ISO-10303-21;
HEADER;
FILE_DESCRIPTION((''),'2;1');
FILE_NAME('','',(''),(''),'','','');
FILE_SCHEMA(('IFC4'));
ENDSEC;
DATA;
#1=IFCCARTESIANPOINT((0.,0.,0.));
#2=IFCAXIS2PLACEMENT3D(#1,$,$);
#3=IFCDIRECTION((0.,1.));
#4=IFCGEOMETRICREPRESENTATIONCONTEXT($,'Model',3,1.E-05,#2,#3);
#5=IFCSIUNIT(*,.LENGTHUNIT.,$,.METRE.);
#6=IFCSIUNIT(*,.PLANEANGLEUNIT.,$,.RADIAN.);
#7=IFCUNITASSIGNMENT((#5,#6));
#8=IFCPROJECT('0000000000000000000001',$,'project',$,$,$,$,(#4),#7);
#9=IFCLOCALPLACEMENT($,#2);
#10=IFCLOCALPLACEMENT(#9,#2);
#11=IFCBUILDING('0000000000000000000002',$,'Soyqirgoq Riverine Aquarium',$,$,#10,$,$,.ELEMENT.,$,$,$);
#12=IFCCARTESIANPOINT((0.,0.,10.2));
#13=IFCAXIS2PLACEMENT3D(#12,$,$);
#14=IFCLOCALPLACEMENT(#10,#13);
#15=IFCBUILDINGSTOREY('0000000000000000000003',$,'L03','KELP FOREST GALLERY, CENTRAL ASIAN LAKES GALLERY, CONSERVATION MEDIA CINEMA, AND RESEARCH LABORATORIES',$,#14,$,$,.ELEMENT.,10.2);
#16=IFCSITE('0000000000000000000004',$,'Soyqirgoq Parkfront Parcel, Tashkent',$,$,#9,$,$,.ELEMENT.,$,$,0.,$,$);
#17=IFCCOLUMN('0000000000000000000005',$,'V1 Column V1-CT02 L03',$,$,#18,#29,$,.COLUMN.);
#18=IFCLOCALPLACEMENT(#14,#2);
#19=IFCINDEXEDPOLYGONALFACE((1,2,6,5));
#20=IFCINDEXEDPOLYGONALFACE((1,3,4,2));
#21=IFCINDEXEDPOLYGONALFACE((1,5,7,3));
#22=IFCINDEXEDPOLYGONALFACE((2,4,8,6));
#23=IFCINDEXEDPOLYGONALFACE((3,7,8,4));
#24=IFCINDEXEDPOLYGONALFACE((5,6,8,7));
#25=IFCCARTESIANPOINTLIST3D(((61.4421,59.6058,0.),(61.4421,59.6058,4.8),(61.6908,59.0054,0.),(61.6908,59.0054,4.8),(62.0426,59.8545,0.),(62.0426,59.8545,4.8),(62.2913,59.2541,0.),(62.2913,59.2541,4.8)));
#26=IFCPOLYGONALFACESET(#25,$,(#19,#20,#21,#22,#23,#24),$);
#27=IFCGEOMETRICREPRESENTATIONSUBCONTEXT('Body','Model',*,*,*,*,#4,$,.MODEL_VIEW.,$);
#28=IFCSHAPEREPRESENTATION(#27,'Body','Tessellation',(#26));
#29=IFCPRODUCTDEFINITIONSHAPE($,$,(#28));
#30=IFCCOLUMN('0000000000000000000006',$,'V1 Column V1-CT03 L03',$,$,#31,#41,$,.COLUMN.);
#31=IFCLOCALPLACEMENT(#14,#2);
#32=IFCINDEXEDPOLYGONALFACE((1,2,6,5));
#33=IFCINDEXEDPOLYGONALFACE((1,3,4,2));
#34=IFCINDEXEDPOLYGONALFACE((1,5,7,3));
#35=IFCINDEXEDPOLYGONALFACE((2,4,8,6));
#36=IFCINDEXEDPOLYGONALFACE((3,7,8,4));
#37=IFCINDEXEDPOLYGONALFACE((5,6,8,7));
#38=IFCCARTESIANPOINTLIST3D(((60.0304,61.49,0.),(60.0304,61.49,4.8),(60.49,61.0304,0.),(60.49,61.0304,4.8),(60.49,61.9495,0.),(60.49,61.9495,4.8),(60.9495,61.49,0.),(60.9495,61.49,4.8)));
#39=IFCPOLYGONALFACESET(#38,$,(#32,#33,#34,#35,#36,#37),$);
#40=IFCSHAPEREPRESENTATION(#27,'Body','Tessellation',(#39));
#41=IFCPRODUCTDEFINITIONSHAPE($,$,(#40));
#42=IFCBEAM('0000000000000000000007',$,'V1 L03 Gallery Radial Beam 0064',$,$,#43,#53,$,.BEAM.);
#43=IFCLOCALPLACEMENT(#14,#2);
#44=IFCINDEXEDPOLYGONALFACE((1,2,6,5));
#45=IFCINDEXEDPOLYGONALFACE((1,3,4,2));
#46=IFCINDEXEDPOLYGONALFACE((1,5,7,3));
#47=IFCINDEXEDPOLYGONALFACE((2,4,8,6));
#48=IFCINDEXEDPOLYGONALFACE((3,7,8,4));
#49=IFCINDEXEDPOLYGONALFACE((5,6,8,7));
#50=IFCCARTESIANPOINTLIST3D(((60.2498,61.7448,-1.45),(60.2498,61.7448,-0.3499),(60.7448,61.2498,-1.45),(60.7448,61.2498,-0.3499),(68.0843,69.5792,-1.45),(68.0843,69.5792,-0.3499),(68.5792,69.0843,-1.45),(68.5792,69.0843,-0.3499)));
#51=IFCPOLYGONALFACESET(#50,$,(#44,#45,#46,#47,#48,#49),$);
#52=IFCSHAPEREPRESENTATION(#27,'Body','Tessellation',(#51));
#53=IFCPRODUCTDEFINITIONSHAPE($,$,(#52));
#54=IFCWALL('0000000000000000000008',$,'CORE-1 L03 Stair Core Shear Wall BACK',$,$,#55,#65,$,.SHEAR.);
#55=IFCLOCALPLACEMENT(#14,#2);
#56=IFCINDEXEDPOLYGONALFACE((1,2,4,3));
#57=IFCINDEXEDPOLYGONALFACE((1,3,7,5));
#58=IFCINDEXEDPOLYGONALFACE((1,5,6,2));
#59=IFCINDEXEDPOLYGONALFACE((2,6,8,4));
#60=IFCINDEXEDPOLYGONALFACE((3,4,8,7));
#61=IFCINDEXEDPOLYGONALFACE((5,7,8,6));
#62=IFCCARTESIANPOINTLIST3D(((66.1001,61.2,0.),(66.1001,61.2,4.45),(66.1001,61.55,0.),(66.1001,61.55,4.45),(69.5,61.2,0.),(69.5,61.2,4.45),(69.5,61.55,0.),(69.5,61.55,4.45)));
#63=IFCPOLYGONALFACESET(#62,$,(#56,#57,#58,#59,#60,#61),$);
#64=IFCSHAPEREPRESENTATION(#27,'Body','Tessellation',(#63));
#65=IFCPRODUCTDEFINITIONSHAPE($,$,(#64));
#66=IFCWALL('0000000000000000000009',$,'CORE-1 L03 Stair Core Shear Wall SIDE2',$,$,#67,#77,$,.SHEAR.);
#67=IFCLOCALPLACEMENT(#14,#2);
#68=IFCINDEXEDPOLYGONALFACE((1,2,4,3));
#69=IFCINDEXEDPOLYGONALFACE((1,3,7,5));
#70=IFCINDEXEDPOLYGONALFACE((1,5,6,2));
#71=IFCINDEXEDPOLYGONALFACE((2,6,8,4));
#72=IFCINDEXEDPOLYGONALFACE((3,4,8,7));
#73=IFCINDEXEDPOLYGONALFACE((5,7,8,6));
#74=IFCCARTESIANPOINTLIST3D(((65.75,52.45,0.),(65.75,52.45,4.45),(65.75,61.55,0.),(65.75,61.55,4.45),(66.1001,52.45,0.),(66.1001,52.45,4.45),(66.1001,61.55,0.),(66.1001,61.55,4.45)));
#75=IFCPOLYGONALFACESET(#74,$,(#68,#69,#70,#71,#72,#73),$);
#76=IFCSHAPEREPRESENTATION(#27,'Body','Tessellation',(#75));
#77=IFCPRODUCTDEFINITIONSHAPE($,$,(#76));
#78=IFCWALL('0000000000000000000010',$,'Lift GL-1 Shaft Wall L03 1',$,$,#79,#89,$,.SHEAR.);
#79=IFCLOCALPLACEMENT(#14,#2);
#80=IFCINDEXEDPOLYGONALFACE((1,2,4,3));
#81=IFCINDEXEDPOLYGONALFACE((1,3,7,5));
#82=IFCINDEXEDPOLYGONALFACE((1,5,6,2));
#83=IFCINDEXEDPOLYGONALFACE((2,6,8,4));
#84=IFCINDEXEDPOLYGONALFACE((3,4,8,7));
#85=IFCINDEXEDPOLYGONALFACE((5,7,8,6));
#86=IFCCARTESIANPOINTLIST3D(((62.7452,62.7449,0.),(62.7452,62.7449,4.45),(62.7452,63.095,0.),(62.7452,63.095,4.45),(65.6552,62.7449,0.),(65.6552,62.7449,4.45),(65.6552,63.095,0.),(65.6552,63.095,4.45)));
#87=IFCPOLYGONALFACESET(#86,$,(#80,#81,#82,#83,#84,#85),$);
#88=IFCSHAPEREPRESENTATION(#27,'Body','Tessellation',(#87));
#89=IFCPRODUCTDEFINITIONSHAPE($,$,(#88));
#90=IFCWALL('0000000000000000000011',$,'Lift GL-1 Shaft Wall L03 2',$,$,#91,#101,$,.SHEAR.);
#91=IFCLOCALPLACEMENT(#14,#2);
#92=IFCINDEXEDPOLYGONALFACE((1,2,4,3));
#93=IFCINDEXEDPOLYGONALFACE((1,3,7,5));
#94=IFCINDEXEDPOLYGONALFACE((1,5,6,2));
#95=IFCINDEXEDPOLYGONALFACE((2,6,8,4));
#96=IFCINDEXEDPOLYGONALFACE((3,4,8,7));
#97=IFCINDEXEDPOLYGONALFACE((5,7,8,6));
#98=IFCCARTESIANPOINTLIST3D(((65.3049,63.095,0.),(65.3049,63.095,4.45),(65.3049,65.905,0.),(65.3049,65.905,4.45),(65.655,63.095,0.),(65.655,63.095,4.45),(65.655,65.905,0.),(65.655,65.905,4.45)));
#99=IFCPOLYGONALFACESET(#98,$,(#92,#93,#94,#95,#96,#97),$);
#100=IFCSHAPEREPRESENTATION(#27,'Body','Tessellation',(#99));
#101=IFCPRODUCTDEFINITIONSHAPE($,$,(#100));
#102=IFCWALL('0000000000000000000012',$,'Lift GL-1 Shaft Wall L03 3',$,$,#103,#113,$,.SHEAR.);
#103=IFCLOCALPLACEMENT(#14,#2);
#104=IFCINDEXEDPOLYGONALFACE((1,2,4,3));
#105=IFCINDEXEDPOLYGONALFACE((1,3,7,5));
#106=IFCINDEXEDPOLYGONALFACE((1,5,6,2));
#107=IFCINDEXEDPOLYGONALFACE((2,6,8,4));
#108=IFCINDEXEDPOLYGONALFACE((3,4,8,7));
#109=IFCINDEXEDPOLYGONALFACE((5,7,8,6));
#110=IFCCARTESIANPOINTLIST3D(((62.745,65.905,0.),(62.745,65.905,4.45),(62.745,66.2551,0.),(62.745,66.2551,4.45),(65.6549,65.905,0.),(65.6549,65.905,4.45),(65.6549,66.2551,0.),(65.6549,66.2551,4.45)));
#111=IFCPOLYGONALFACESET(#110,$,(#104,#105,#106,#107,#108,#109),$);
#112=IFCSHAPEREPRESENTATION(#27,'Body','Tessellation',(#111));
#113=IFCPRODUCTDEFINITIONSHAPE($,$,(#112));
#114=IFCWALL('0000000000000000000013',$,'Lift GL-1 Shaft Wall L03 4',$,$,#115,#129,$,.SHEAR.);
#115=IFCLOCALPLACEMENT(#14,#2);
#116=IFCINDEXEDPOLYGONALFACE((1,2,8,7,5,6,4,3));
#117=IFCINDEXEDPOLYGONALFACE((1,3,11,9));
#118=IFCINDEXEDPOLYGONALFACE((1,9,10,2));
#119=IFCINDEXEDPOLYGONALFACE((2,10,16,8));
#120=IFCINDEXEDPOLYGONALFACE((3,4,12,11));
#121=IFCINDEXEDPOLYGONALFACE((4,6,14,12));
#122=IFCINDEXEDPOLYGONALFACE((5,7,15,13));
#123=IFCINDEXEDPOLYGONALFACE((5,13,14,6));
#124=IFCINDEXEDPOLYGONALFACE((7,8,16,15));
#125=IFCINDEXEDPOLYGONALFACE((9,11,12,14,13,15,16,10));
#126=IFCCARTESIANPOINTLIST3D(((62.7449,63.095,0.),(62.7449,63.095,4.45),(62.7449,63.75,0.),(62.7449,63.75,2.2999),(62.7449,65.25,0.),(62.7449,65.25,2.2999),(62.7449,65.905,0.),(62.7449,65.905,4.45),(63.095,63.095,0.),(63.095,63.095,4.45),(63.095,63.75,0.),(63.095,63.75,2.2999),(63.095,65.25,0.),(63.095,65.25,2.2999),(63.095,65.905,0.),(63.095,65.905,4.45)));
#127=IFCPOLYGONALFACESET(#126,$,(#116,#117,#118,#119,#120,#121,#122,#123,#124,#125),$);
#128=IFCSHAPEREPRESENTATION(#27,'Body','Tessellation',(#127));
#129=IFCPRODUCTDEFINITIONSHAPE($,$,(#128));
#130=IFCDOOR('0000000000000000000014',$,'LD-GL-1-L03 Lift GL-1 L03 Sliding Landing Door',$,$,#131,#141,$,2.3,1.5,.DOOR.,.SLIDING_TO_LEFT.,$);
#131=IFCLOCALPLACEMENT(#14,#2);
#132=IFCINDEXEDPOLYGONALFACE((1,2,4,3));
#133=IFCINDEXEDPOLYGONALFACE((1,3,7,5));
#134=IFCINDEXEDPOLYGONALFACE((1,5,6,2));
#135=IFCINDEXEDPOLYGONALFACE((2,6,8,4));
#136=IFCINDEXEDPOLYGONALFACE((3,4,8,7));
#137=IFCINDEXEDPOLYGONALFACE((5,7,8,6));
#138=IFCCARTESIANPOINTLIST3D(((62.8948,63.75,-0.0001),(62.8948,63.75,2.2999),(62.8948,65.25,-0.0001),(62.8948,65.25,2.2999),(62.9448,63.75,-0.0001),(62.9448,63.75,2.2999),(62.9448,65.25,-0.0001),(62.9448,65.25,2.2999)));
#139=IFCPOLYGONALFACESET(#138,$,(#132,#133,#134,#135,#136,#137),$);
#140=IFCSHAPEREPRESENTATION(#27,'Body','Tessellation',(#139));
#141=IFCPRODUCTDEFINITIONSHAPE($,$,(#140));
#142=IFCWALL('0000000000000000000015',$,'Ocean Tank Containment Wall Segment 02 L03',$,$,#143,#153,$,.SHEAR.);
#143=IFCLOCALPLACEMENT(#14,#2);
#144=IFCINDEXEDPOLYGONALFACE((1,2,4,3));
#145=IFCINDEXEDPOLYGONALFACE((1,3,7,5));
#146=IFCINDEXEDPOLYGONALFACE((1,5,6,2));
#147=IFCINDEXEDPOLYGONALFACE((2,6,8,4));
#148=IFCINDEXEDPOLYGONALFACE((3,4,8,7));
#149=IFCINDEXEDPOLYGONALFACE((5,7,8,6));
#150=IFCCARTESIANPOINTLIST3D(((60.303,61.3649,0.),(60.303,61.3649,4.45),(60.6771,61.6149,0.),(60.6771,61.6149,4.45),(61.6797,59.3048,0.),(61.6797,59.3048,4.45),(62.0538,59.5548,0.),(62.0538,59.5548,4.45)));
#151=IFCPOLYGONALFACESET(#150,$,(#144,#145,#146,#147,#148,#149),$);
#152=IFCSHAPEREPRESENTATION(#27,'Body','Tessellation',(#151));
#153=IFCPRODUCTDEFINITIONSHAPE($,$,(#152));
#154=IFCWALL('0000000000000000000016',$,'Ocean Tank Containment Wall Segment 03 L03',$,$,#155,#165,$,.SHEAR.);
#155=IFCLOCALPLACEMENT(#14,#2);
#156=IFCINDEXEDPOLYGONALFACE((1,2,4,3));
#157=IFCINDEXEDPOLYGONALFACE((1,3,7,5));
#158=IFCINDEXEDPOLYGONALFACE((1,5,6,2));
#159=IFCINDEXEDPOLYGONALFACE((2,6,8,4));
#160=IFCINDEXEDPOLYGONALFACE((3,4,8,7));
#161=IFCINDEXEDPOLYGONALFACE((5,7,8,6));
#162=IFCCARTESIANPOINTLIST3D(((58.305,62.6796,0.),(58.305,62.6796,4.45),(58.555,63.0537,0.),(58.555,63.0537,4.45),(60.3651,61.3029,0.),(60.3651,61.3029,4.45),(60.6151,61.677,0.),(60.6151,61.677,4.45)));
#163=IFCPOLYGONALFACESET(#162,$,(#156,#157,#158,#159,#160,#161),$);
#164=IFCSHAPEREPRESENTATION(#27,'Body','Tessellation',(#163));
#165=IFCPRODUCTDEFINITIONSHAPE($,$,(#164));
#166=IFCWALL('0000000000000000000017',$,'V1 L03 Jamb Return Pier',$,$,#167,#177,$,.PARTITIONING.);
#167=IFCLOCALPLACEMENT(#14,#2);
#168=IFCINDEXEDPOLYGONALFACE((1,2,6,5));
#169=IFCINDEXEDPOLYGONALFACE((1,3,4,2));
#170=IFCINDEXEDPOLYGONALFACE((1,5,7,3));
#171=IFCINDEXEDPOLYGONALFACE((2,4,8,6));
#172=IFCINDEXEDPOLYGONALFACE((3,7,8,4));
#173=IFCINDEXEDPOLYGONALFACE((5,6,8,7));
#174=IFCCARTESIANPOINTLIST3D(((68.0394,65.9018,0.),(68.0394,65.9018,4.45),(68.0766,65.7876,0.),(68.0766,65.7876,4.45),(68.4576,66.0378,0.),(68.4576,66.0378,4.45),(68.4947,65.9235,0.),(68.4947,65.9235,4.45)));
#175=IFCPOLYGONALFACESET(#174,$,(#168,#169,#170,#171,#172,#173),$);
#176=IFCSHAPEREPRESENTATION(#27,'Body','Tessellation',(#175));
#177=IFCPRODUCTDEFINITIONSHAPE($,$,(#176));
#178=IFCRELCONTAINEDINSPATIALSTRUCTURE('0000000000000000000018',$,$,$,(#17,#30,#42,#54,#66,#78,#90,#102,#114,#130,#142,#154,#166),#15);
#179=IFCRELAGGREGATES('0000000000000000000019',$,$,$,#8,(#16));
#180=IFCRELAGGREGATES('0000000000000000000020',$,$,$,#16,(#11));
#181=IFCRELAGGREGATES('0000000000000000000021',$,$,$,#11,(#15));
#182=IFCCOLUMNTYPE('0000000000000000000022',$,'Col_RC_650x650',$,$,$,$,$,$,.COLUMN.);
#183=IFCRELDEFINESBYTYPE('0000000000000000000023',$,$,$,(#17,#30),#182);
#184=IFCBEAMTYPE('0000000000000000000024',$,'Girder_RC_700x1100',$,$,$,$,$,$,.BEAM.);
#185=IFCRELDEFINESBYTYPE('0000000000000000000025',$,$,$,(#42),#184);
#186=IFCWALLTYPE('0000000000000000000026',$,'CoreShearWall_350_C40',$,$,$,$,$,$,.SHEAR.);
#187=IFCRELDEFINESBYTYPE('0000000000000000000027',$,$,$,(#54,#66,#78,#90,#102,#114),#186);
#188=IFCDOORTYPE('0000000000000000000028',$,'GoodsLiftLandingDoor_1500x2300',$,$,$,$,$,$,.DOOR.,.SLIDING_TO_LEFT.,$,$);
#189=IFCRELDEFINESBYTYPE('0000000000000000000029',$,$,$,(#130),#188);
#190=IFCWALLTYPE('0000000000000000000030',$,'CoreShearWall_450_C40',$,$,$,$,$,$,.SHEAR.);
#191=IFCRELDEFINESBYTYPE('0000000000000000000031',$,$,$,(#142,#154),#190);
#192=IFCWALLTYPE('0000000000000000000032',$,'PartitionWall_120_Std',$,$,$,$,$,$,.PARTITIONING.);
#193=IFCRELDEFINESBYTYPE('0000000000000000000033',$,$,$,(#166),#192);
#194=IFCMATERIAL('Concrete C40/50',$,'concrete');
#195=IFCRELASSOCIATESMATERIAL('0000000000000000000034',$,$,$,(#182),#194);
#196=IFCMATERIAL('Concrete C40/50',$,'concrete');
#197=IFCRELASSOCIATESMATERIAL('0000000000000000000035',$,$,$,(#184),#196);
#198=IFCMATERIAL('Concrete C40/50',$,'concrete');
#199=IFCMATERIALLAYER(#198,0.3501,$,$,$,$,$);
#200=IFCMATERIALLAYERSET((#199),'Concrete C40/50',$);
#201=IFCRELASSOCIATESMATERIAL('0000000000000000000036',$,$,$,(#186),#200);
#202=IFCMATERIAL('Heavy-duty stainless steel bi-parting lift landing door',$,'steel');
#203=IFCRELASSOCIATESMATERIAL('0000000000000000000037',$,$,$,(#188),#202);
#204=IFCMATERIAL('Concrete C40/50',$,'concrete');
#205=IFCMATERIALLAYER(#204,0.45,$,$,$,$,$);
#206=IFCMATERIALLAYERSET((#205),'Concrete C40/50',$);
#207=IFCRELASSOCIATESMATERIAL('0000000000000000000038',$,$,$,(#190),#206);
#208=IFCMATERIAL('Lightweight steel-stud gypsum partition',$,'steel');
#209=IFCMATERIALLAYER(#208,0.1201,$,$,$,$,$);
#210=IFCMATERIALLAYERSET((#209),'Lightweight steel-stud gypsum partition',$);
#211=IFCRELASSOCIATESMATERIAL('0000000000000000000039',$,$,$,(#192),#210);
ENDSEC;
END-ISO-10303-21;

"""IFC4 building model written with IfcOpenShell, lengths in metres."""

from ifc_helpers import new_model, si_unit, direction, frame, frame_2d, origin, origin_2d, place, context, subcontext, project, spatial, rectangle, extrude, material, layer, layer_set, material_profile, profile_set, type_object, element, fill, save


model = new_model("IFC4")

# Units and contexts
model_context = context("Model", 3, precision=1e-05, world=origin(), true_north=direction((0.0, 1.0)))
body_context = subcontext(model_context, "Body", "Model", "MODEL_VIEW")
ifc_project = project(units=[si_unit("LENGTHUNIT", "METRE"), si_unit("PLANEANGLEUNIT", "RADIAN")], contexts=[model_context])

# Site, building, storey
site_placement = place(None, origin())
site = spatial("IfcSite", under=ifc_project, at=site_placement, Name="Soyqirgoq Parkfront Parcel, Tashkent", CompositionType="ELEMENT", RefElevation=0.0)
building_placement = place(site_placement, origin())
building = spatial("IfcBuilding", under=site, at=building_placement, Name="Soyqirgoq Riverine Aquarium", CompositionType="ELEMENT")
storey_placement = place(building_placement, frame((0.0, 0.0, 10.2)))
storey = spatial("IfcBuildingStorey", under=building, at=storey_placement, Name="L03", Description="KELP FOREST GALLERY, CENTRAL ASIAN LAKES GALLERY, CONSERVATION MEDIA CINEMA, AND RESEARCH LABORATORIES", CompositionType="ELEMENT", Elevation=10.2)

# Columns
ifc_material_1 = material(Name="Concrete C40/50", Category="concrete")
ifc_material_profile_1 = material_profile(ifc_material_1, rectangle(XDim=0.6499, YDim=0.6499, at=origin_2d()), Name="RC 650x650")
ifc_profile_set_1 = profile_set([ifc_material_profile_1], Name="Concrete C40/50")
column_type = type_object("IfcColumnType", Name="Col_RC_650x650", PredefinedType="COLUMN", material=ifc_profile_set_1)
for number, where, z_axis, x_axis, name in (
    (1, (61.8667, 59.4299, 0.0), (0.0, 0.0, 1.0), (0.92388, 0.382683, 0.0), "V1 Column V1-CT02 L03"),
    (2, (60.49, 61.49, 0.0), (0.0, 0.0, 1.0), (0.707107, 0.707107, 0.0), "V1 Column V1-CT03 L03"),
):
    element("IfcColumn", number, at=place(storey_placement, frame(where, z_axis=z_axis, x_axis=x_axis)), inside=storey, type_object=column_type, Name=name, PredefinedType="COLUMN", context=body_context, shape_type="SweptSolid", body=[
        extrude(rectangle(XDim=0.6499, YDim=0.6499, at=origin_2d()), origin(), (0.0, 0.0, 1.0), 4.8),
    ])

# Beam
ifc_material_2 = material(Name="Concrete C40/50", Category="concrete")
ifc_material_profile_2 = material_profile(ifc_material_2, rectangle(XDim=0.7, YDim=1.1001, at=origin_2d()), Name="RC 700x1100")
ifc_profile_set_2 = profile_set([ifc_material_profile_2], Name="Concrete C40/50")
beam_type = type_object("IfcBeamType", Name="Girder_RC_700x1100", PredefinedType="BEAM", material=ifc_profile_set_2)
beam_placement = place(storey_placement, frame((60.4973, 61.4973, -0.8999), z_axis=(0.707107, 0.707107, 0.0), x_axis=(-0.707107, 0.707107, 0.0)))
element("IfcBeam", 3, at=beam_placement, inside=storey, type_object=beam_type, Name="V1 L03 Gallery Radial Beam 0064", PredefinedType="BEAM", context=body_context, shape_type="SweptSolid", body=[
    extrude(rectangle(XDim=0.7, YDim=1.1001, at=origin_2d()), origin(), (0.0, 0.0, 1.0), 11.0796),
])

# Walls
ifc_material_3 = material(Name="Concrete C40/50", Category="concrete")
ifc_layer_1 = layer(ifc_material_3, 0.3501)
ifc_layer_set_1 = layer_set([ifc_layer_1], Name="Concrete C40/50")
wall_type_1 = type_object("IfcWallType", Name="CoreShearWall_350_C40", PredefinedType="SHEAR", material=ifc_layer_set_1)
wall_1_placement = place(storey_placement, frame((69.5, 61.375, 0.0), z_axis=(0.0, 0.0, 1.0), x_axis=(-1.0, 0.0, 0.0)))
element("IfcWall", 4, at=wall_1_placement, inside=storey, type_object=wall_type_1, Name="CORE-1 L03 Stair Core Shear Wall BACK", PredefinedType="SHEAR", context=body_context, shape_type="SweptSolid", body=[
    extrude(rectangle(XDim=3.3999, YDim=0.3501, at=frame_2d((1.7, 0.0))), origin(), (0.0, 0.0, 1.0), 4.45),
])
wall_2_placement = place(storey_placement, frame((65.925, 61.55, 0.0), z_axis=(0.0, 0.0, 1.0), x_axis=(0.0, -1.0, 0.0)))
element("IfcWall", 5, at=wall_2_placement, inside=storey, type_object=wall_type_1, Name="CORE-1 L03 Stair Core Shear Wall SIDE2", PredefinedType="SHEAR", context=body_context, shape_type="SweptSolid", body=[
    extrude(rectangle(XDim=9.1001, YDim=0.3501, at=frame_2d((4.55, 0.0))), origin(), (0.0, 0.0, 1.0), 4.45),
])
wall_3_placement = place(storey_placement, frame((62.7451, 62.9199, 0.0), z_axis=(0.0, 0.0, 1.0), x_axis=(1.0, 0.0, 0.0)))
element("IfcWall", 6, at=wall_3_placement, inside=storey, type_object=wall_type_1, Name="Lift GL-1 Shaft Wall L03 1", PredefinedType="SHEAR", context=body_context, shape_type="SweptSolid", body=[
    extrude(rectangle(XDim=2.9099, YDim=0.3501, at=frame_2d((1.4551, 0.0))), origin(), (0.0, 0.0, 1.0), 4.45),
])
wall_4_placement = place(storey_placement, frame((65.48, 63.095, 0.0), z_axis=(0.0, 0.0, 1.0), x_axis=(0.0, 1.0, 0.0)))
element("IfcWall", 7, at=wall_4_placement, inside=storey, type_object=wall_type_1, Name="Lift GL-1 Shaft Wall L03 2", PredefinedType="SHEAR", context=body_context, shape_type="SweptSolid", body=[
    extrude(rectangle(XDim=2.8101, YDim=0.3501, at=frame_2d((1.405, 0.0))), origin(), (0.0, 0.0, 1.0), 4.45),
])
wall_5_placement = place(storey_placement, frame((65.655, 66.0801, 0.0), z_axis=(0.0, 0.0, 1.0), x_axis=(-1.0, 0.0, 0.0)))
element("IfcWall", 8, at=wall_5_placement, inside=storey, type_object=wall_type_1, Name="Lift GL-1 Shaft Wall L03 3", PredefinedType="SHEAR", context=body_context, shape_type="SweptSolid", body=[
    extrude(rectangle(XDim=2.9099, YDim=0.3501, at=frame_2d((1.4551, 0.0))), origin(), (0.0, 0.0, 1.0), 4.45),
])

# Wall, opening, door
wall_6_placement = place(storey_placement, frame((62.9199, 65.905, 0.0), z_axis=(0.0, 0.0, 1.0), x_axis=(0.0, -1.0, 0.0)))
wall_6 = element("IfcWall", 9, at=wall_6_placement, inside=storey, type_object=wall_type_1, Name="Lift GL-1 Shaft Wall L03 4", PredefinedType="SHEAR", context=body_context, shape_type="SweptSolid", body=[
    extrude(rectangle(XDim=2.8101, YDim=0.3501, at=frame_2d((1.405, 0.0))), origin(), (0.0, 0.0, 1.0), 4.45),
])
opening_1_placement = place(wall_6_placement, frame((0.655, 0.0, 0.0)))
opening_1 = element("IfcOpeningElement", 10, at=opening_1_placement, cuts=wall_6, PredefinedType="OPENING", context=body_context, shape_type="SweptSolid", body=[
    extrude(rectangle(XDim=1.5, YDim=2.3, at=frame_2d((0.75, 1.1499))), frame((0.0, 0.1851, 0.0), z_axis=(0.0, -1.0, 0.0), x_axis=(1.0, 0.0, 0.0)), (0.0, 0.0, 1.0), 0.3701),
])
ifc_material_4 = material(Name="Heavy-duty stainless steel bi-parting lift landing door", Category="steel")
door_type_1 = type_object("IfcDoorType", Name="GoodsLiftLandingDoor_1500x2300", OperationType="SLIDING_TO_LEFT", PredefinedType="DOOR", material=ifc_material_4)
door_1_placement = place(opening_1_placement, origin())
door_1 = element("IfcDoor", 11, at=door_1_placement, inside=storey, type_object=door_type_1, Name="LD-GL-1-L03 Lift GL-1 L03 Sliding Landing Door", OperationType="SLIDING_TO_LEFT", OverallHeight=2.3, OverallWidth=1.5, PredefinedType="DOOR", context=body_context, shape_type="SweptSolid", body=[
    extrude(rectangle(XDim=1.5, YDim=2.3, at=frame_2d((0.75, 1.1499))), frame((0.0, 0.0249, 0.0), z_axis=(0.0, -1.0, 0.0), x_axis=(1.0, 0.0, 0.0)), (0.0, 0.0, 1.0), 0.05),
])
fill(opening_1, door_1)

# Walls
ifc_material_5 = material(Name="Concrete C40/50", Category="concrete")
ifc_layer_2 = layer(ifc_material_5, 0.45)
ifc_layer_set_2 = layer_set([ifc_layer_2], Name="Concrete C40/50")
wall_type_2 = type_object("IfcWallType", Name="CoreShearWall_450_C40", PredefinedType="SHEAR", material=ifc_layer_set_2)
for number, where, z_axis, x_axis, name in (
    (12, (61.8667, 59.4299, 0.0), (0.0, 0.0, 1.0), (-0.555632, 0.831428, 0.0), "Ocean Tank Containment Wall Segment 02 L03"),
    (13, (60.49, 61.49, 0.0), (0.0, 0.0, 1.0), (-0.831428, 0.555632, 0.0), "Ocean Tank Containment Wall Segment 03 L03"),
):
    element("IfcWall", number, at=place(storey_placement, frame(where, z_axis=z_axis, x_axis=x_axis)), inside=storey, type_object=wall_type_2, Name=name, PredefinedType="SHEAR", context=body_context, shape_type="SweptSolid", body=[
        extrude(rectangle(XDim=2.4778, YDim=0.45, at=frame_2d((1.2388, 0.0))), origin(), (0.0, 0.0, 1.0), 4.45),
    ])
ifc_material_6 = material(Name="Lightweight steel-stud gypsum partition", Category="steel")
ifc_layer_3 = layer(ifc_material_6, 0.1201)
ifc_layer_set_3 = layer_set([ifc_layer_3], Name="Lightweight steel-stud gypsum partition")
wall_type_3 = type_object("IfcWallType", Name="PartitionWall_120_Std", PredefinedType="PARTITIONING", material=ifc_layer_set_3)
wall_7_placement = place(storey_placement, frame((68.0581, 65.8447, 0.0), z_axis=(0.0, 0.0, 1.0), x_axis=(0.950989, 0.309224, 0.0)))
element("IfcWall", 14, at=wall_7_placement, inside=storey, type_object=wall_type_3, Name="V1 L03 Jamb Return Pier", PredefinedType="PARTITIONING", context=body_context, shape_type="SweptSolid", body=[
    extrude(rectangle(XDim=0.4397, YDim=0.1201, at=frame_2d((0.2197, 0.0))), origin(), (0.0, 0.0, 1.0), 4.45),
])

save(model, "model.ifc")
